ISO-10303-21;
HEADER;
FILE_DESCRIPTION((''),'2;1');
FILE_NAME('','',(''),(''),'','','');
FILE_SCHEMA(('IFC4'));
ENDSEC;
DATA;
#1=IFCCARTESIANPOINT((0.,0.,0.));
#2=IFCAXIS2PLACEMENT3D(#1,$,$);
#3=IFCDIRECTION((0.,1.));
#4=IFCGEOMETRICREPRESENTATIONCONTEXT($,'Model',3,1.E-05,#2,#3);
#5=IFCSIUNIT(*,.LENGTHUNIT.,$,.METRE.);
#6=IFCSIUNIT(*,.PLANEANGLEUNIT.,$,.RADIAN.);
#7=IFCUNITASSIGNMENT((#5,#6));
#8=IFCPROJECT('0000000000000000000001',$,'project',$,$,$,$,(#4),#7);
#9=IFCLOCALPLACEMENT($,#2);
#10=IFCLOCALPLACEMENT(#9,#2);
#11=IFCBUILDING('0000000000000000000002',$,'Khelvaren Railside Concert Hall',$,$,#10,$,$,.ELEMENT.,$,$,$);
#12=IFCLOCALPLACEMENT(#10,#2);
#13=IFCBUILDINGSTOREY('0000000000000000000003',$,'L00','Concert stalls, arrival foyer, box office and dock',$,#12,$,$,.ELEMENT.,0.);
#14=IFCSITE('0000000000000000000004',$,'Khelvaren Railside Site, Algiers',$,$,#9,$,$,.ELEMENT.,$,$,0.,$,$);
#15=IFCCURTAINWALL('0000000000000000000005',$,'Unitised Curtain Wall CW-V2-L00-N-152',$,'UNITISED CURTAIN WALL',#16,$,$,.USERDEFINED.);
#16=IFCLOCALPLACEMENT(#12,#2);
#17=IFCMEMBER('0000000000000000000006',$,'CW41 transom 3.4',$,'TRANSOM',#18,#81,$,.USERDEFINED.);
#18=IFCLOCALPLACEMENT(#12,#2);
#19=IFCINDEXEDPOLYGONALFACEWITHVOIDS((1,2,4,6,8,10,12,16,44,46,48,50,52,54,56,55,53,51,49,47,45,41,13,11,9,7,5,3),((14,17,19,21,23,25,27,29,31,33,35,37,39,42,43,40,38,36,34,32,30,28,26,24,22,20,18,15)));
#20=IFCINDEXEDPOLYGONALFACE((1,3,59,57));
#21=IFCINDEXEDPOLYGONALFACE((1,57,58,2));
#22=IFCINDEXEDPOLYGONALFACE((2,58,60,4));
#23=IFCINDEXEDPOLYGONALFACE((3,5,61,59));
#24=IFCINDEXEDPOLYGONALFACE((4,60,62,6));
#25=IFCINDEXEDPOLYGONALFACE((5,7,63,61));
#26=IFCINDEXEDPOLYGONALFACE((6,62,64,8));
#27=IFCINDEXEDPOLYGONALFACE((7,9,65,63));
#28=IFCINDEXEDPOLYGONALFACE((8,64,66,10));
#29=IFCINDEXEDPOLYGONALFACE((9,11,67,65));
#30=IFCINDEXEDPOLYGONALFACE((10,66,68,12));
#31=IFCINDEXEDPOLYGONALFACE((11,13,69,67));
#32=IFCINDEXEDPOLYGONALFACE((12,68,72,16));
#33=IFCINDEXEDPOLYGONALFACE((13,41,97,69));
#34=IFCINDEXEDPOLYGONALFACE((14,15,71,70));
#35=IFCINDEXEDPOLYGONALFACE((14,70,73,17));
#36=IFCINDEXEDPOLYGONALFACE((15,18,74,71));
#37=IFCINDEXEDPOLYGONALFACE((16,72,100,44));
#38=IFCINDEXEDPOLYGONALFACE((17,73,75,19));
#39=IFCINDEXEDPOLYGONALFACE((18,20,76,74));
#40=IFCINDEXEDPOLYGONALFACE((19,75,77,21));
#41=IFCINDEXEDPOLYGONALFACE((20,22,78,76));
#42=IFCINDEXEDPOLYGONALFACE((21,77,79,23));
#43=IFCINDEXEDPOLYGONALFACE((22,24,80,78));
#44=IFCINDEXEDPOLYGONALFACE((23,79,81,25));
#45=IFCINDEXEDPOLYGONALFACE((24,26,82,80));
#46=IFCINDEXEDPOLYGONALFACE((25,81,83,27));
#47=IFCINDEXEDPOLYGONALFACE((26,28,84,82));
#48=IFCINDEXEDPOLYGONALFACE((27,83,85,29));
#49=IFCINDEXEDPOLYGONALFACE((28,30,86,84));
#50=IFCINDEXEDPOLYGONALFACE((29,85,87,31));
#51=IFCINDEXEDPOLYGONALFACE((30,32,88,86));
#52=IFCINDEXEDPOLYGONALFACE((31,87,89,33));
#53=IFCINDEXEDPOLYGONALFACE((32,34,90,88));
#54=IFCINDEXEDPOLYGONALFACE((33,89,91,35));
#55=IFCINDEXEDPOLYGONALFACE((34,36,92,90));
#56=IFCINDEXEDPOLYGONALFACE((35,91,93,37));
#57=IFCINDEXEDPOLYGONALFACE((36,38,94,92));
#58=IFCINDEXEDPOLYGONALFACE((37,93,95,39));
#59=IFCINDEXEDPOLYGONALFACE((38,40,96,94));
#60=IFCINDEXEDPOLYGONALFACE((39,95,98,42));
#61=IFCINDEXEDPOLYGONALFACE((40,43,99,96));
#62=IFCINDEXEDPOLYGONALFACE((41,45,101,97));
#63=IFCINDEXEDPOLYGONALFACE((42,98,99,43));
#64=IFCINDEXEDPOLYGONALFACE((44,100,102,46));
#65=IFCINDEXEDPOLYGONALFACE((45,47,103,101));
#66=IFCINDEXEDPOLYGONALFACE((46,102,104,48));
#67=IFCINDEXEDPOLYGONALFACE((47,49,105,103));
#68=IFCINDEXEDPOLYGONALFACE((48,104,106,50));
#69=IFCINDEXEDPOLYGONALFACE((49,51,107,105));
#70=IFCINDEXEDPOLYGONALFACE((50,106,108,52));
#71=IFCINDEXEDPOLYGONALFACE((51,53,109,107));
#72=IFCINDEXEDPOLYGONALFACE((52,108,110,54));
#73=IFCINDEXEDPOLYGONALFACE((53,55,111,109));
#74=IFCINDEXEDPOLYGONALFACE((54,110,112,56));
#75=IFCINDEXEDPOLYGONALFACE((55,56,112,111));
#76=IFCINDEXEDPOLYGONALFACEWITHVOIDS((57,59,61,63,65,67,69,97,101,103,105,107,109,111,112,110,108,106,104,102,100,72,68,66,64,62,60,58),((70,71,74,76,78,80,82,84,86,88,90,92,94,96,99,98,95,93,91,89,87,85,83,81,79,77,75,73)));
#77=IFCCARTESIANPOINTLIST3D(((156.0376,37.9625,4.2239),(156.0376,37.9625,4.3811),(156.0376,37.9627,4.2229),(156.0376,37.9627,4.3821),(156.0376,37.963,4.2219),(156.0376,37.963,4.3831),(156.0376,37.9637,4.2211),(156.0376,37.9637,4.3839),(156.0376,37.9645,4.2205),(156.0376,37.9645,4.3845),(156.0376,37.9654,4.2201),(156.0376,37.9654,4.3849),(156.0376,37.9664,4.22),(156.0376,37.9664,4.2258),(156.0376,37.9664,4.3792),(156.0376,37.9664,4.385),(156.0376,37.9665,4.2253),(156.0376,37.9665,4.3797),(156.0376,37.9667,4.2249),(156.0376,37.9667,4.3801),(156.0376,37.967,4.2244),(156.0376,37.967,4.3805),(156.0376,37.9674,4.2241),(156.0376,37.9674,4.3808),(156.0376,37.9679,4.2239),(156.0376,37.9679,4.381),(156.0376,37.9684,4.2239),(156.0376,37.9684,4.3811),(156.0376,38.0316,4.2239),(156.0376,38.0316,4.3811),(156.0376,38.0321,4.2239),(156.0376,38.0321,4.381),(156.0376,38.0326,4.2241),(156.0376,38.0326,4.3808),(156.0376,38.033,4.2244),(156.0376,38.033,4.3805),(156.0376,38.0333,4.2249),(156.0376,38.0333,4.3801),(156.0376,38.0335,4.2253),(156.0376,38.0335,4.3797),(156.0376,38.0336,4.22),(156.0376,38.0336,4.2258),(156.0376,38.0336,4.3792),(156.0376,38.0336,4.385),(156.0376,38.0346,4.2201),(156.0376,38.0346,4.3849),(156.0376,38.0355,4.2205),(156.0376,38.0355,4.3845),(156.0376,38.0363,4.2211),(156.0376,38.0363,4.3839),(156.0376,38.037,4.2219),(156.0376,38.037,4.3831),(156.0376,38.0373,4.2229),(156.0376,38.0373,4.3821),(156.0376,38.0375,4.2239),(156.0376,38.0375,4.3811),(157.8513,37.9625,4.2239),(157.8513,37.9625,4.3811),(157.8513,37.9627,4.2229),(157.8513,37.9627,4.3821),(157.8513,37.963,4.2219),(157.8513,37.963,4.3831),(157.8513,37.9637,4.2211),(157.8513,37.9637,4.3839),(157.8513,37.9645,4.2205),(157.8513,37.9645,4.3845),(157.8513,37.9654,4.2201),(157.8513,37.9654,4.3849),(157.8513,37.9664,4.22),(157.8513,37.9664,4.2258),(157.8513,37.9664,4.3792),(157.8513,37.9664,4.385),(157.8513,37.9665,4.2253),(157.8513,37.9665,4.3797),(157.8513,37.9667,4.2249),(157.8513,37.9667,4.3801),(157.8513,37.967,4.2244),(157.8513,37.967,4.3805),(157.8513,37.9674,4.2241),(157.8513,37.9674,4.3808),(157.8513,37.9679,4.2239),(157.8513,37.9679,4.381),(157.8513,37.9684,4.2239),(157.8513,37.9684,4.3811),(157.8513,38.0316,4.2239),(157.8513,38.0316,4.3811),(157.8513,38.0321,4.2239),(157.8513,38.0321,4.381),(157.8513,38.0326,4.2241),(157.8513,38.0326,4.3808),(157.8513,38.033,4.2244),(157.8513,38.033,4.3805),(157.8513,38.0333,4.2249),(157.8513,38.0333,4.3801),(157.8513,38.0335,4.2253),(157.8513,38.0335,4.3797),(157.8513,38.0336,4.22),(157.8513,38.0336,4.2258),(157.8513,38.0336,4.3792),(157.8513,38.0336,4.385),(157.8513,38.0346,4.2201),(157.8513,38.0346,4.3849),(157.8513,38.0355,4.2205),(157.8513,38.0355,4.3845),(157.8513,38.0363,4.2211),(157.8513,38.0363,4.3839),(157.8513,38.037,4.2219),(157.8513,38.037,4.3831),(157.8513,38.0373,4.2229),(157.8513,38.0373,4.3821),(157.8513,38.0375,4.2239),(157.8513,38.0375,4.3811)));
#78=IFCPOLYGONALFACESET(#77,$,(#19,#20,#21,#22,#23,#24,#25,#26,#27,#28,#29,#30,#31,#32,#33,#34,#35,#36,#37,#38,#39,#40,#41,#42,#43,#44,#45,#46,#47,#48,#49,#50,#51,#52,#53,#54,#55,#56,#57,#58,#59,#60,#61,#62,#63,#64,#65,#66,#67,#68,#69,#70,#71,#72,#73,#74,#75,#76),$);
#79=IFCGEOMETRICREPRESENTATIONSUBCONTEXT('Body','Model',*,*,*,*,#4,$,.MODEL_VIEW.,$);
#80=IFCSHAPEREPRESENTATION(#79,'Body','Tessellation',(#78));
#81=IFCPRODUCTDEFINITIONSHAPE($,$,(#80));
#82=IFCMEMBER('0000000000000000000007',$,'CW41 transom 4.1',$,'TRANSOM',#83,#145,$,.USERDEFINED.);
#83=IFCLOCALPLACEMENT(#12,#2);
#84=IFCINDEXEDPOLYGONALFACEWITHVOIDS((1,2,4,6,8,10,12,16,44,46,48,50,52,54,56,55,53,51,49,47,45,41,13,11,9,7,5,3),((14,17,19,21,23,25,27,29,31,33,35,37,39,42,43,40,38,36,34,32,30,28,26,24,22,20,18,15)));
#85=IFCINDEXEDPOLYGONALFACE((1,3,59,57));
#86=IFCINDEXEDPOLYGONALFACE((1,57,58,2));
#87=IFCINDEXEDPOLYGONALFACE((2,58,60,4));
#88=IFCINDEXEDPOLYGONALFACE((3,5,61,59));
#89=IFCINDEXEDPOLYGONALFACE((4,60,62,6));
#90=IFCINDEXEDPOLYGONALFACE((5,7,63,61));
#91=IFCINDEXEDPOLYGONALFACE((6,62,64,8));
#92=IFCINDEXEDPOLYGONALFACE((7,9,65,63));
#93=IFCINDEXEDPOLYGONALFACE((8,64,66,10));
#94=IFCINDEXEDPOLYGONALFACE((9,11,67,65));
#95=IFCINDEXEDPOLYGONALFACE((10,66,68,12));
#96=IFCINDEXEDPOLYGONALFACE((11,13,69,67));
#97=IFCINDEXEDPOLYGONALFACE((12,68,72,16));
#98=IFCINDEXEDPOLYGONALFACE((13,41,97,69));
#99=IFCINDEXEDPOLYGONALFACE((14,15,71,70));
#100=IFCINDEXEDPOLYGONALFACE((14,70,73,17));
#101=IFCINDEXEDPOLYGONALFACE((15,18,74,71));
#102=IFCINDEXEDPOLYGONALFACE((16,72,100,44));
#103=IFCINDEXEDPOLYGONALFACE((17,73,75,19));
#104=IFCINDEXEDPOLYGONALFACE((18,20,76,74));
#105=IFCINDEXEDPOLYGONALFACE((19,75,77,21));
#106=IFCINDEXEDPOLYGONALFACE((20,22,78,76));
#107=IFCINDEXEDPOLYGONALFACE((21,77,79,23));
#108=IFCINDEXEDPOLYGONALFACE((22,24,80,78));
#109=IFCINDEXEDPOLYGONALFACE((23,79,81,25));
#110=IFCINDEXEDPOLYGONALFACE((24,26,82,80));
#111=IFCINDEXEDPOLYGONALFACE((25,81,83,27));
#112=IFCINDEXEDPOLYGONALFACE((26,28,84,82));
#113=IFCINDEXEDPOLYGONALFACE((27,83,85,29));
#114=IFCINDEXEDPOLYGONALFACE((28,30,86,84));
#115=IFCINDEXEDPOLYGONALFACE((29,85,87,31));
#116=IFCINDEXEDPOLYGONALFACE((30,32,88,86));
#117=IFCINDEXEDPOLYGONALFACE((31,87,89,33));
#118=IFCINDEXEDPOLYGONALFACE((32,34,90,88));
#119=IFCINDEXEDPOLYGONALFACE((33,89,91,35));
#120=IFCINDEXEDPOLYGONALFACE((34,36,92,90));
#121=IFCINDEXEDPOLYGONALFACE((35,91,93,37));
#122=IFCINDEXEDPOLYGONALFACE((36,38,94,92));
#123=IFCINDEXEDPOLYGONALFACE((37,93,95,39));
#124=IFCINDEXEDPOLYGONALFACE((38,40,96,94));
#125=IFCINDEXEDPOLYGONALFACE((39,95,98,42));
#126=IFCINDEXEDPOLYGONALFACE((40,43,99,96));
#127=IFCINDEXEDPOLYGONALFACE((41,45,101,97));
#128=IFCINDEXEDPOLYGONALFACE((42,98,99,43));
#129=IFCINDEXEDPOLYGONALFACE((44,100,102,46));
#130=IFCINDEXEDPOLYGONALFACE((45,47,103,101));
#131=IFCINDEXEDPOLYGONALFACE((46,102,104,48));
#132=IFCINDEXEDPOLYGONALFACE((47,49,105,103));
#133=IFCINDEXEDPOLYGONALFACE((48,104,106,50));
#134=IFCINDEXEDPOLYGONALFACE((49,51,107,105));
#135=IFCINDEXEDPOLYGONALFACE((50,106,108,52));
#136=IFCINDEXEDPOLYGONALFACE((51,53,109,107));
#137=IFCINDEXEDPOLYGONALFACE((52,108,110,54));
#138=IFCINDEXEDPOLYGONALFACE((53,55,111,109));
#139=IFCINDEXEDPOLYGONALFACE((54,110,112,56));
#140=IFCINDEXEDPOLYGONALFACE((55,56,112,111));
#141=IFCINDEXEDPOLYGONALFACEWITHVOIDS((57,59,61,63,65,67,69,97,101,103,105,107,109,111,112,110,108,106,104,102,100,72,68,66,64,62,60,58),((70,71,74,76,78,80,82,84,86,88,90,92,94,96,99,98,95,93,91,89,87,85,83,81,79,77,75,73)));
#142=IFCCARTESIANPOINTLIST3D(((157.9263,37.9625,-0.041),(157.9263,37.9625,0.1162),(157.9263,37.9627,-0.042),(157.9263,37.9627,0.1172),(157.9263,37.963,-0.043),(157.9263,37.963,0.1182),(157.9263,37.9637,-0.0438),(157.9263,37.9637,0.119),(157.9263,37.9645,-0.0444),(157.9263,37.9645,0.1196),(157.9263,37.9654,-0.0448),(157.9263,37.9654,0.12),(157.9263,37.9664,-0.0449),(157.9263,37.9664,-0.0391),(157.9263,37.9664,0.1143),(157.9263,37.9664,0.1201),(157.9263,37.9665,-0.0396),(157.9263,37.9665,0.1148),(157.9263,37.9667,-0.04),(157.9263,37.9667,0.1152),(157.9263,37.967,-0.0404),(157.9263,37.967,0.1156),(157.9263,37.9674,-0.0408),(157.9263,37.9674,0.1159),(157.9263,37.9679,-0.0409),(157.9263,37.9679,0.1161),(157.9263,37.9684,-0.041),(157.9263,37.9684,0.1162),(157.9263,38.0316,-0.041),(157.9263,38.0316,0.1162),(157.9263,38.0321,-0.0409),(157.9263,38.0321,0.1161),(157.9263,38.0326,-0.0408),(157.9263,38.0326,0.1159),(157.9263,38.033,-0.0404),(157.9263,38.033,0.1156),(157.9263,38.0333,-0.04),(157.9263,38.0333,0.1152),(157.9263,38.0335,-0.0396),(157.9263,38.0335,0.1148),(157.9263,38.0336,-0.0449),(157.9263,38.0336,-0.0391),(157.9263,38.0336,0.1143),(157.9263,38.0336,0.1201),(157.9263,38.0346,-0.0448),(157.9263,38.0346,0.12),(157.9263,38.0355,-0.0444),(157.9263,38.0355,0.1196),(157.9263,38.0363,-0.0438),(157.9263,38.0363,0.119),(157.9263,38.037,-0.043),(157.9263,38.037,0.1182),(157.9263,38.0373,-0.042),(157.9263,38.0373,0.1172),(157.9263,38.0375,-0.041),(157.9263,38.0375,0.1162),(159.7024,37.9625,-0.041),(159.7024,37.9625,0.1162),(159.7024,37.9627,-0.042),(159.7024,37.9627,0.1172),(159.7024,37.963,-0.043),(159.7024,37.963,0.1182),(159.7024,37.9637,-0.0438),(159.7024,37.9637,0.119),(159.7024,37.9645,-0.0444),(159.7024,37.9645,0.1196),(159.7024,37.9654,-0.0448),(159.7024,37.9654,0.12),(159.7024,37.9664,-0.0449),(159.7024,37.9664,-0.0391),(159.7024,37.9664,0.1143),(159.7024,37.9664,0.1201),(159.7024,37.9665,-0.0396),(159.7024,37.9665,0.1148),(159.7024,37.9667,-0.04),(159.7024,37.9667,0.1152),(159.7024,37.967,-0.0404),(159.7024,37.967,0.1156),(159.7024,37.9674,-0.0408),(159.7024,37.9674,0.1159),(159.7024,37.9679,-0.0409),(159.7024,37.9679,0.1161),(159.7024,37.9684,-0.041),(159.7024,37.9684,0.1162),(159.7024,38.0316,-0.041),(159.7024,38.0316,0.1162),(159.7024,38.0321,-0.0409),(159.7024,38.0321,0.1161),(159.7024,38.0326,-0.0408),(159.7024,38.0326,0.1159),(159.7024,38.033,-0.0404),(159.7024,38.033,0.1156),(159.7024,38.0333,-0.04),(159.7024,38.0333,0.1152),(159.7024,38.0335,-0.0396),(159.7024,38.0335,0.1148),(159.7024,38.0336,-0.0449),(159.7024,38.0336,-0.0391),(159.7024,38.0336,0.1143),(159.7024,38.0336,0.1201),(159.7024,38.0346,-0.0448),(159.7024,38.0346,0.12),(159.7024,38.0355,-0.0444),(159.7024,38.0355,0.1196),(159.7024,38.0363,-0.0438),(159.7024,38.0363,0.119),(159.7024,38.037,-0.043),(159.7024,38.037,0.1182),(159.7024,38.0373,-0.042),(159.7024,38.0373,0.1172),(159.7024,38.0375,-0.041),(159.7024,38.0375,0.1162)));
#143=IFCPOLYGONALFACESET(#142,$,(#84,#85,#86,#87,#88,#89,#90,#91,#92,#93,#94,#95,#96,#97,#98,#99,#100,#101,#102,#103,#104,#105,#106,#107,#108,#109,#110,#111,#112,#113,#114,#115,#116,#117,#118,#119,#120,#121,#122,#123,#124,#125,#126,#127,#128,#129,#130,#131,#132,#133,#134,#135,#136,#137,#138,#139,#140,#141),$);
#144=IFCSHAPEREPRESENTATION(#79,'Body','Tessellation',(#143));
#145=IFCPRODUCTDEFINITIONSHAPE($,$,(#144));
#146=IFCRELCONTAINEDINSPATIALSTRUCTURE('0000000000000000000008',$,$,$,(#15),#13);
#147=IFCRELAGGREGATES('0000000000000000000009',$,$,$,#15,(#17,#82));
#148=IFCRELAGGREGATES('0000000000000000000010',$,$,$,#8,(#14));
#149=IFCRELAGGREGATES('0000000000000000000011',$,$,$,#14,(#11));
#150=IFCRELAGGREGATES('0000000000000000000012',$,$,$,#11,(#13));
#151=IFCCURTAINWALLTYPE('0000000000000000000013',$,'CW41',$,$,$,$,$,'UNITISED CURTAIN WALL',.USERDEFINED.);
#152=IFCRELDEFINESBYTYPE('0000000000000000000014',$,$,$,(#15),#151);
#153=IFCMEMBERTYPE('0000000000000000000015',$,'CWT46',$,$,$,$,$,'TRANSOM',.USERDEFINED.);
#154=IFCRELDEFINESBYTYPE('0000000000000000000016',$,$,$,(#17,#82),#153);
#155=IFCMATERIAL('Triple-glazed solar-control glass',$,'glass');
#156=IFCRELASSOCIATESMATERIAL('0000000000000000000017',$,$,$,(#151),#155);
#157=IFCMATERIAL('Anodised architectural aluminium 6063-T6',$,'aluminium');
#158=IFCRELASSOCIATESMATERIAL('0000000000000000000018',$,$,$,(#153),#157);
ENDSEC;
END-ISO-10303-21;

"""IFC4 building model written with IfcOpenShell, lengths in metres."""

from ifc_helpers import new_model, si_unit, direction, frame, origin, origin_2d, place, context, subcontext, project, spatial, hollow_rectangle, extrude, material, material_profile, profile_set, type_object, element, aggregate, save


model = new_model("IFC4")

# Units and contexts
model_context = context("Model", 3, precision=1e-05, world=origin(), true_north=direction((0.0, 1.0)))
body_context = subcontext(model_context, "Body", "Model", "MODEL_VIEW")
ifc_project = project(units=[si_unit("LENGTHUNIT", "METRE"), si_unit("PLANEANGLEUNIT", "RADIAN")], contexts=[model_context])

# Site, building, storey
site_placement = place(None, origin())
site = spatial("IfcSite", under=ifc_project, at=site_placement, Name="Khelvaren Railside Site, Algiers", CompositionType="ELEMENT", RefElevation=0.0)
building_placement = place(site_placement, origin())
building = spatial("IfcBuilding", under=site, at=building_placement, Name="Khelvaren Railside Concert Hall", CompositionType="ELEMENT")
storey_placement = place(building_placement, origin())
storey = spatial("IfcBuildingStorey", under=building, at=storey_placement, Name="L00", Description="Concert stalls, arrival foyer, box office and dock", CompositionType="ELEMENT", Elevation=0.0)

# Curtain wall, members
ifc_material_1 = material(Name="Triple-glazed solar-control glass", Category="glass")
curtain_wall_type = type_object("IfcCurtainWallType", Name="CW41", ElementType="UNITISED CURTAIN WALL", PredefinedType="USERDEFINED", material=ifc_material_1)
curtain_wall_placement = place(storey_placement, origin())
curtain_wall = element("IfcCurtainWall", 1, at=curtain_wall_placement, inside=storey, type_object=curtain_wall_type, Name="Unitised Curtain Wall CW-V2-L00-N-152", ObjectType="UNITISED CURTAIN WALL", PredefinedType="USERDEFINED")
ifc_material_2 = material(Name="Anodised architectural aluminium 6063-T6", Category="aluminium")
ifc_material_profile_1 = material_profile(ifc_material_2, hollow_rectangle(XDim=0.075, YDim=0.165, WallThickness=0.0039, InnerFilletRadius=0.002, OuterFilletRadius=0.0039, at=origin_2d()), Name="CWT 75x165x4")
ifc_profile_set_1 = profile_set([ifc_material_profile_1], Name="Anodised architectural aluminium 6063-T6")
member_type_1 = type_object("IfcMemberType", Name="CWT46", ElementType="TRANSOM", PredefinedType="USERDEFINED", material=ifc_profile_set_1)
member_1_placement = place(storey_placement, frame((156.0376, 38.0, 4.3025), z_axis=(1.0, 0.0, 0.0), x_axis=(0.0, 1.0, 0.0)))
member_1 = element("IfcMember", 2, at=member_1_placement, type_object=member_type_1, Name="CW41 transom 3.4", ObjectType="TRANSOM", PredefinedType="USERDEFINED", context=body_context, shape_type="SweptSolid", body=[
    extrude(hollow_rectangle(XDim=0.075, YDim=0.165, WallThickness=0.0039, InnerFilletRadius=0.002, OuterFilletRadius=0.0039, at=origin_2d()), origin(), (0.0, 0.0, 1.0), 1.8137),
])
member_2_placement = place(storey_placement, frame((157.9263, 38.0, 0.0376), z_axis=(1.0, 0.0, 0.0), x_axis=(0.0, 1.0, 0.0)))
member_2 = element("IfcMember", 3, at=member_2_placement, type_object=member_type_1, Name="CW41 transom 4.1", ObjectType="TRANSOM", PredefinedType="USERDEFINED", context=body_context, shape_type="SweptSolid", body=[
    extrude(hollow_rectangle(XDim=0.075, YDim=0.165, WallThickness=0.0039, InnerFilletRadius=0.002, OuterFilletRadius=0.0039, at=origin_2d()), origin(), (0.0, 0.0, 1.0), 1.7761),
])
aggregate(curtain_wall, [member_1, member_2])

save(model, "model.ifc")
